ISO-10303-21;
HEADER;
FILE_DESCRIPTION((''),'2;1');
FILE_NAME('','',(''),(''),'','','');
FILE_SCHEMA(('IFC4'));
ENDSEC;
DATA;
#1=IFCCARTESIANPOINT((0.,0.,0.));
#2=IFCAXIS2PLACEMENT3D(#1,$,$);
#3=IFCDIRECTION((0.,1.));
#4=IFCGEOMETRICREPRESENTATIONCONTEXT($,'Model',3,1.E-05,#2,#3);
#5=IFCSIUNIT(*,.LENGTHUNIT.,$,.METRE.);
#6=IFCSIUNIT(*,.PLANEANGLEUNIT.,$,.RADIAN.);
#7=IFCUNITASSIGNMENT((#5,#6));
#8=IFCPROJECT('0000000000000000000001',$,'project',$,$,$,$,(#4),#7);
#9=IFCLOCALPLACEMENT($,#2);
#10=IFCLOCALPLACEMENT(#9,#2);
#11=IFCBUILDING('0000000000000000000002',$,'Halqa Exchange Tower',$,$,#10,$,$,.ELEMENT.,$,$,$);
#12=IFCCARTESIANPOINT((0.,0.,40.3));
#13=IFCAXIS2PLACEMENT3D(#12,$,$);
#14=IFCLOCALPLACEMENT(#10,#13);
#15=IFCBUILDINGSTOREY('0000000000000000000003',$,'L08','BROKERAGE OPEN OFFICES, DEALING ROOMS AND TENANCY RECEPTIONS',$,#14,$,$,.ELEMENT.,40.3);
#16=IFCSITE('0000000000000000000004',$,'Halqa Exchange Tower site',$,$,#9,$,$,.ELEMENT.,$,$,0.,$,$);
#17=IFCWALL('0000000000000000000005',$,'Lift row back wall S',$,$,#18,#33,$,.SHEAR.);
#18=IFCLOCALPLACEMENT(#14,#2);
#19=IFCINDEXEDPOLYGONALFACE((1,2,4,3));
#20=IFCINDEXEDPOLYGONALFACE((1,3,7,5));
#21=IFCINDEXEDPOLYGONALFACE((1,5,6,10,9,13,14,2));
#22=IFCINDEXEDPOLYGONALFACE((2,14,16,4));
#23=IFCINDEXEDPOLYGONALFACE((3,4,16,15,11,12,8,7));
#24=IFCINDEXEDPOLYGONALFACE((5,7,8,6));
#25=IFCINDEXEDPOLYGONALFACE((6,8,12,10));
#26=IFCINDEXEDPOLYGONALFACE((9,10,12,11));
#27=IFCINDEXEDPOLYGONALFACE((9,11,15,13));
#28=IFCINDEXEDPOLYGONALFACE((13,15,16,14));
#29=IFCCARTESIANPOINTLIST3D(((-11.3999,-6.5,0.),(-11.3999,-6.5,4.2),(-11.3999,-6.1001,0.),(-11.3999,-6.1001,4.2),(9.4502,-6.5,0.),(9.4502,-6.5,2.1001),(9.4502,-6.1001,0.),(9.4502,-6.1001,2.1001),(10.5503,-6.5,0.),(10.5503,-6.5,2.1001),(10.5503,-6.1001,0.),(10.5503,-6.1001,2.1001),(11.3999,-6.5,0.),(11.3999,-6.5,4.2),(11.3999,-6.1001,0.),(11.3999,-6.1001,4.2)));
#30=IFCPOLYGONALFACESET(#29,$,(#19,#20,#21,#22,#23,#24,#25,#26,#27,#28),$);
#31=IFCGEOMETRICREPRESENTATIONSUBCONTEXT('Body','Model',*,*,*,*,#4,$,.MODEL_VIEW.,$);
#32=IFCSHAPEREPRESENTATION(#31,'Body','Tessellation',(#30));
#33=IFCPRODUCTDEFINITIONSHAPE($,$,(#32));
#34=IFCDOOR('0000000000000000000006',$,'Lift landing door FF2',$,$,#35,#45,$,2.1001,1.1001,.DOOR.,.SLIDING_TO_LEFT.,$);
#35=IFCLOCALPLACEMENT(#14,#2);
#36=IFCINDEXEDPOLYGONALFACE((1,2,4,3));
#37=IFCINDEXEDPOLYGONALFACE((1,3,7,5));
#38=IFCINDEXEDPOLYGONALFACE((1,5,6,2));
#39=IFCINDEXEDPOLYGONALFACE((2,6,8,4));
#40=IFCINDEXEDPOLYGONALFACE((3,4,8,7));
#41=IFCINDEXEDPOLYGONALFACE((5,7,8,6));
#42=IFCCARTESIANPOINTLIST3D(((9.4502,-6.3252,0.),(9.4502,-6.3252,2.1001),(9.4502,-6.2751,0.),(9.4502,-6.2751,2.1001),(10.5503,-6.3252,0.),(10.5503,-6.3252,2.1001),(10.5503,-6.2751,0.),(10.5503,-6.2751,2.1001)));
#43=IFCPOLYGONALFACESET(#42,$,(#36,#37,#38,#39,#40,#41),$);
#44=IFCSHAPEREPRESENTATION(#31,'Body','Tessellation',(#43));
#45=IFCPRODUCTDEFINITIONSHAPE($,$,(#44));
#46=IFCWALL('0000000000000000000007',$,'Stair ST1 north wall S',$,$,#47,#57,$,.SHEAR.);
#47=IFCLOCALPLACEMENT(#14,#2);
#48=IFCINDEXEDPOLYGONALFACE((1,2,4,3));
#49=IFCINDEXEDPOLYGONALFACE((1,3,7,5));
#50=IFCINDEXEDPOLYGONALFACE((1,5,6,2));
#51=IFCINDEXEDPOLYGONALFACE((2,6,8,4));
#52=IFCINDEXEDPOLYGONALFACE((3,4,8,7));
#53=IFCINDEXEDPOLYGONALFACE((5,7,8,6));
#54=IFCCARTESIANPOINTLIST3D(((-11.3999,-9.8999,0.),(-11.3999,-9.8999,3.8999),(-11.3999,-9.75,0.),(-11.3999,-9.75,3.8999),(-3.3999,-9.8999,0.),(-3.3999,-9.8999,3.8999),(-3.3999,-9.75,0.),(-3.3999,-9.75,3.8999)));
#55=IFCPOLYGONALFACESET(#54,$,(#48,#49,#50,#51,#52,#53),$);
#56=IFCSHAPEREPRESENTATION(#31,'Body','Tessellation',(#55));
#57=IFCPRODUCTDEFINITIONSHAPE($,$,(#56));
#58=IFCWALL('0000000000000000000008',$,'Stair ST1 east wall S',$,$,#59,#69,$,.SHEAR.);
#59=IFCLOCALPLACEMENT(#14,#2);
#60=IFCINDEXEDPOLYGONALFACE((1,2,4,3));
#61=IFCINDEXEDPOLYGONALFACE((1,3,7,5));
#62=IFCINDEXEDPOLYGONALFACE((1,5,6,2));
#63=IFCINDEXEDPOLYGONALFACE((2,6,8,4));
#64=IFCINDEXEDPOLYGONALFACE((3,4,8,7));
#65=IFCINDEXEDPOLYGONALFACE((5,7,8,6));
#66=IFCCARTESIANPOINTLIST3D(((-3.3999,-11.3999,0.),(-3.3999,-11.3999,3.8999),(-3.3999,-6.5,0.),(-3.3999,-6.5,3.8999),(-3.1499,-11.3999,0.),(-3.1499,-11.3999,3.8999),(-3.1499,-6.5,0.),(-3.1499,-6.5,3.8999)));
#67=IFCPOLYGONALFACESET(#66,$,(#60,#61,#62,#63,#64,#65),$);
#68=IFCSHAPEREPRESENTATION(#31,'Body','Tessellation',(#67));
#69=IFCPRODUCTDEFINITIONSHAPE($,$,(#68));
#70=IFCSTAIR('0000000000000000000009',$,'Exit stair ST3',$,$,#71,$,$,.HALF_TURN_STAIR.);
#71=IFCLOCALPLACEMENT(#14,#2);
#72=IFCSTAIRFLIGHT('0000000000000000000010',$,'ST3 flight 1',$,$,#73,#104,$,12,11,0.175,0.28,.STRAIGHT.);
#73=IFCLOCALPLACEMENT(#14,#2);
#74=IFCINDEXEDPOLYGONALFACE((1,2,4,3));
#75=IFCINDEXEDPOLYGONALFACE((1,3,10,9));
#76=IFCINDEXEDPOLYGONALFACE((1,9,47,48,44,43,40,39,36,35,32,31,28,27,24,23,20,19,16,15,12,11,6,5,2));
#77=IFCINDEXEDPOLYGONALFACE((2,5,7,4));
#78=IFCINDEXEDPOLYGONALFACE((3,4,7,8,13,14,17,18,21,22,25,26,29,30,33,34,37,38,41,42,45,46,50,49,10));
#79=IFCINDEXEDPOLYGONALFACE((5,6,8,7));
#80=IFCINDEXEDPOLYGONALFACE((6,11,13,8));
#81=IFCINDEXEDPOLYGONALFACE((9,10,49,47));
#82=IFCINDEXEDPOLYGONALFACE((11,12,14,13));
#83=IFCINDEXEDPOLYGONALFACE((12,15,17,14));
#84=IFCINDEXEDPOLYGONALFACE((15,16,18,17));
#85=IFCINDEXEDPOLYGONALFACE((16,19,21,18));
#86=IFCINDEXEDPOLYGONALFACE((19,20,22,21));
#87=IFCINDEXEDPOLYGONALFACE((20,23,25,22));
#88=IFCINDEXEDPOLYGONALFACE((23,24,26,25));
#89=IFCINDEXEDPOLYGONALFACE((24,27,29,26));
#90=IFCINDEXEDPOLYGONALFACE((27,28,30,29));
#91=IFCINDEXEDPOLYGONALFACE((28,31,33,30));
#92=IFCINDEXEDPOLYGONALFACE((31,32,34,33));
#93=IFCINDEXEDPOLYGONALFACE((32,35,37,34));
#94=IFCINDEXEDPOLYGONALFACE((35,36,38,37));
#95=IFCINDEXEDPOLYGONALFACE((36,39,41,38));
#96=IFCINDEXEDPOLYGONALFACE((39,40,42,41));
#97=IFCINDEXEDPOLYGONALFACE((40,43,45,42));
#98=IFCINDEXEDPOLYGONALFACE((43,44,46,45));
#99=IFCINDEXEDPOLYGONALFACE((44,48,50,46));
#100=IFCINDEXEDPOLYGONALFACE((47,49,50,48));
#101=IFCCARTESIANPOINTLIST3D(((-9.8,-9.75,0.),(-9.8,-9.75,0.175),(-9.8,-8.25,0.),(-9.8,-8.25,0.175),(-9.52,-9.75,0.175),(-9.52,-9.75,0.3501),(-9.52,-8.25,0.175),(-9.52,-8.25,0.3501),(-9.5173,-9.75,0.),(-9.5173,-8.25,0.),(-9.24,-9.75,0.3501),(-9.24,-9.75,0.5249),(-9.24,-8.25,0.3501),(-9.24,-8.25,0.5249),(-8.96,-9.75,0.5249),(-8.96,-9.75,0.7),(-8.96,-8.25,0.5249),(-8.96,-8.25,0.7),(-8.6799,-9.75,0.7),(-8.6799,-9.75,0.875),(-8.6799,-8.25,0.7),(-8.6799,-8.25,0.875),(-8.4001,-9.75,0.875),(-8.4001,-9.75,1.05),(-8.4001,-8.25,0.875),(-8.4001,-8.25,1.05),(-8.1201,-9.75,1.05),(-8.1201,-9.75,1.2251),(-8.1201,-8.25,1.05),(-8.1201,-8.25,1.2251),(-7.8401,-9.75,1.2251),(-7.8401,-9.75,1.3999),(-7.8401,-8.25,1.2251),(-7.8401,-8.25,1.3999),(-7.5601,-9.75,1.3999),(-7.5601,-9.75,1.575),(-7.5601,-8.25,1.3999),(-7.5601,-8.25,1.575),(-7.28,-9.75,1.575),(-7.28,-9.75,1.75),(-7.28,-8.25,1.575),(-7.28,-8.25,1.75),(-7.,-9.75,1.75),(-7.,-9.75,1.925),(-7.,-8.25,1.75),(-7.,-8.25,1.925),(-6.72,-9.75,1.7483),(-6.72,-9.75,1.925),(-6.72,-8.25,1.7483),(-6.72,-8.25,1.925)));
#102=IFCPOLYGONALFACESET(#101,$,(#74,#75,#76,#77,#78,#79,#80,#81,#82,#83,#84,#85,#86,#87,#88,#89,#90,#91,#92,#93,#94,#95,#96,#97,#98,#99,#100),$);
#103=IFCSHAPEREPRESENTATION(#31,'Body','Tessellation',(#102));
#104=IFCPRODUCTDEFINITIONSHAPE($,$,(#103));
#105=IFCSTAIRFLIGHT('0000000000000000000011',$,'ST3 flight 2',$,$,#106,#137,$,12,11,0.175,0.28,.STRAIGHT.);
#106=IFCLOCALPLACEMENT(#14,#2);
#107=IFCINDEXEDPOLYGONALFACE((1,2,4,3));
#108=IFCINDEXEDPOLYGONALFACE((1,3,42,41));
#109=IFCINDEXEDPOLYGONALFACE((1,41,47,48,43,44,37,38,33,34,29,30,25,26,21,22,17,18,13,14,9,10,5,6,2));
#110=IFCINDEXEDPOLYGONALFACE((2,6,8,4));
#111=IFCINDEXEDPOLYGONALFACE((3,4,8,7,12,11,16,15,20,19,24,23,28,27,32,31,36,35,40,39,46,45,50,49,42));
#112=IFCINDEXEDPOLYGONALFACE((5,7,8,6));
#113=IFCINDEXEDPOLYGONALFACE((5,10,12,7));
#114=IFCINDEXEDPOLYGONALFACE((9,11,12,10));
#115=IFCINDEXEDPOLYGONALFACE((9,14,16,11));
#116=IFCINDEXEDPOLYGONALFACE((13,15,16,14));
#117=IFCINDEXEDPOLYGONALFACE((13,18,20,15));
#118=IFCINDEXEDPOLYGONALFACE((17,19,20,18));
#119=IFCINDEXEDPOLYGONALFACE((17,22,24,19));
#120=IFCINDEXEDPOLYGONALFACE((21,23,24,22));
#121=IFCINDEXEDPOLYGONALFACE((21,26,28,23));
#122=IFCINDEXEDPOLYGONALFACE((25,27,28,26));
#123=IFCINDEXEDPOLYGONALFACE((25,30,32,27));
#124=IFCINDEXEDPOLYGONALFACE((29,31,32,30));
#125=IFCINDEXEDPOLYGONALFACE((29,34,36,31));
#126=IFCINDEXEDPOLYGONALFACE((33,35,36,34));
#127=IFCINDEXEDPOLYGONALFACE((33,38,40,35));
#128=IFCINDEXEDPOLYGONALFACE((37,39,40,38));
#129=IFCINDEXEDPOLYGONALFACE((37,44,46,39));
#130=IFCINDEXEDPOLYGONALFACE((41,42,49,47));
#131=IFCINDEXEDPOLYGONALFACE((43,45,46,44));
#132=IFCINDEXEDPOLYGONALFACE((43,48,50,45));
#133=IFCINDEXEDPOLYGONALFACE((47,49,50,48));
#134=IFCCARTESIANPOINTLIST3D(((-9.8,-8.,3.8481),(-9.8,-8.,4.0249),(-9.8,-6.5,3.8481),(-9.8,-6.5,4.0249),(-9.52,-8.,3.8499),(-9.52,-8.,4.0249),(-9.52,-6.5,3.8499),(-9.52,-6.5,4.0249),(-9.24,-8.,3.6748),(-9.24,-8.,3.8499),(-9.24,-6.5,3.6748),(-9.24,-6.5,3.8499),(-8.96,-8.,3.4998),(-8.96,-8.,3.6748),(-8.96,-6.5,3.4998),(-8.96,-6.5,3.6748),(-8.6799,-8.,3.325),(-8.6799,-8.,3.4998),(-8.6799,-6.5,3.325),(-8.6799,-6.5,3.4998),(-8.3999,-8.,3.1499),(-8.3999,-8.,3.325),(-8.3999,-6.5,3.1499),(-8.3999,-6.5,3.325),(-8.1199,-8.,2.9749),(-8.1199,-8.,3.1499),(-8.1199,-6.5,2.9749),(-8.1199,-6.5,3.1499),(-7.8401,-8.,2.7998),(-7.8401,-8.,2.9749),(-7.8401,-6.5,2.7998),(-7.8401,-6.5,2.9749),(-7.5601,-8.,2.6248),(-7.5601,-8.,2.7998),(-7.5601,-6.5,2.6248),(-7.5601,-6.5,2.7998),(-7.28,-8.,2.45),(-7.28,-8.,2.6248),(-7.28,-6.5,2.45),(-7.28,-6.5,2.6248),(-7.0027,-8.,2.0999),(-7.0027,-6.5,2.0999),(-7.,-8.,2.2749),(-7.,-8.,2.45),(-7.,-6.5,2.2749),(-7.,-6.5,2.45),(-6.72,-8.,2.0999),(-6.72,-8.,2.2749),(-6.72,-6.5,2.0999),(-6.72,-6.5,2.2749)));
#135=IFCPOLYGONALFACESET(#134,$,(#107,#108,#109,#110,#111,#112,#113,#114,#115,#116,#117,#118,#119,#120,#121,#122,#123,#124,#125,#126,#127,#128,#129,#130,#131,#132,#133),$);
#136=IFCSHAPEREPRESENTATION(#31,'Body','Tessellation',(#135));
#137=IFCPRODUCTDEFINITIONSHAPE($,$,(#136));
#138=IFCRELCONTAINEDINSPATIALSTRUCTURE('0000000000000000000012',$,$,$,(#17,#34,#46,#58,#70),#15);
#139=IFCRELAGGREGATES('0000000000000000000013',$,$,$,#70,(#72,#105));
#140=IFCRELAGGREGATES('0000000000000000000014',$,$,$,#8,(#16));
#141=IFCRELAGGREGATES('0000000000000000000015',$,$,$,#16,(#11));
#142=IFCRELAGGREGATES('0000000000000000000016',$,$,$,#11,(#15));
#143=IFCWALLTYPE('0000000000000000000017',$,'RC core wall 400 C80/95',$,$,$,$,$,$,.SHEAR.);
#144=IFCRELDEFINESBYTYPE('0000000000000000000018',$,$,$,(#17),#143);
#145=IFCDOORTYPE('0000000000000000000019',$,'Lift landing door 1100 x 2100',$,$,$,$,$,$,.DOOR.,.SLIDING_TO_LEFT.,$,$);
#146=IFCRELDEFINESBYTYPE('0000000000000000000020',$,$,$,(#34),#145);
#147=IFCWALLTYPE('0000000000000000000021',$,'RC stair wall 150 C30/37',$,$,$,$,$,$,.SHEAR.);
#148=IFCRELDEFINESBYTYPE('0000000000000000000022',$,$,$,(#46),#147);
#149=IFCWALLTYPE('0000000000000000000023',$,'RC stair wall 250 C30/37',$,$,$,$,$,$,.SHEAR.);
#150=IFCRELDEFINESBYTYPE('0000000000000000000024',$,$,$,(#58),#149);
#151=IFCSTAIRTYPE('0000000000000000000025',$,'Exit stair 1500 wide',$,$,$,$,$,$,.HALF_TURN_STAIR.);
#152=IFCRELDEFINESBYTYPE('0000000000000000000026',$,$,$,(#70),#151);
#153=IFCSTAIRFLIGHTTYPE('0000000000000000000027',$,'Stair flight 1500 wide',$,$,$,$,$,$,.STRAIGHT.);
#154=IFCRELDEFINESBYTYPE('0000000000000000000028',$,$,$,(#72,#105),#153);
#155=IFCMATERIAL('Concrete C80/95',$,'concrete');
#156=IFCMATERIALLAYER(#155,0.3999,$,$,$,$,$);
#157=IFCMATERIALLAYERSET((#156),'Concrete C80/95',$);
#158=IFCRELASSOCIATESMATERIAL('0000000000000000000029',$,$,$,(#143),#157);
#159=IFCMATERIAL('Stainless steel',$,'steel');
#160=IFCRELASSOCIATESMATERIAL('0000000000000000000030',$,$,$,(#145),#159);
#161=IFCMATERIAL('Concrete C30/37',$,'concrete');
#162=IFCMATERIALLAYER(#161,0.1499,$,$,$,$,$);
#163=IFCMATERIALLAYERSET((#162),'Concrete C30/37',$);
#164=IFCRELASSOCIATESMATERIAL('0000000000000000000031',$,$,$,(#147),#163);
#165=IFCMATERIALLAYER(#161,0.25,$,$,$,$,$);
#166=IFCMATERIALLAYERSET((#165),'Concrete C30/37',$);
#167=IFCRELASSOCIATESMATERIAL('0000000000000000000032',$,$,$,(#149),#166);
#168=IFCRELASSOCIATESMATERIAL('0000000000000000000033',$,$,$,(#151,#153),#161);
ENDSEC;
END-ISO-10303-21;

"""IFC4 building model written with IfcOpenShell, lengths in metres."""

from ifc_helpers import new_model, si_unit, direction, frame, frame_2d, origin, place, context, subcontext, project, spatial, polyline, rectangle, outline, extrude, material, layer, layer_set, type_object, element, fill, aggregate, save


model = new_model("IFC4")

# Units and contexts
model_context = context("Model", 3, precision=1e-05, world=origin(), true_north=direction((0.0, 1.0)))
body_context = subcontext(model_context, "Body", "Model", "MODEL_VIEW")
ifc_project = project(units=[si_unit("LENGTHUNIT", "METRE"), si_unit("PLANEANGLEUNIT", "RADIAN")], contexts=[model_context])

# Site, building, storey
site_placement = place(None, origin())
site = spatial("IfcSite", under=ifc_project, at=site_placement, Name="Halqa Exchange Tower site", CompositionType="ELEMENT", RefElevation=0.0)
building_placement = place(site_placement, origin())
building = spatial("IfcBuilding", under=site, at=building_placement, Name="Halqa Exchange Tower", CompositionType="ELEMENT")
storey_placement = place(building_placement, frame((0.0, 0.0, 40.3)))
storey = spatial("IfcBuildingStorey", under=building, at=storey_placement, Name="L08", Description="BROKERAGE OPEN OFFICES, DEALING ROOMS AND TENANCY RECEPTIONS", CompositionType="ELEMENT", Elevation=40.3)

# Shared definitions
ifc_material_1 = material(Name="Concrete C80/95", Category="concrete")
ifc_layer_1 = layer(ifc_material_1, 0.3999)
ifc_layer_set_1 = layer_set([ifc_layer_1], Name="Concrete C80/95")
wall_type_1 = type_object("IfcWallType", Name="RC core wall 400 C80/95", PredefinedType="SHEAR", material=ifc_layer_set_1)
ifc_material_2 = material(Name="Stainless steel", Category="steel")
door_type = type_object("IfcDoorType", Name="Lift landing door 1100 x 2100", OperationType="SLIDING_TO_LEFT", PredefinedType="DOOR", material=ifc_material_2)

# Wall, opening, door
wall_1_placement = place(storey_placement, frame((-11.3999, -6.3, 0.0), z_axis=(0.0, 0.0, 1.0), x_axis=(1.0, 0.0, 0.0)))
wall_1 = element("IfcWall", 1, at=wall_1_placement, inside=storey, type_object=wall_type_1, Name="Lift row back wall S", PredefinedType="SHEAR", context=body_context, shape_type="SweptSolid", body=[
    extrude(rectangle(XDim=22.7998, YDim=0.3999, at=frame_2d((11.3999, 0.0))), origin(), (0.0, 0.0, 1.0), 4.2),
])
opening_1_placement = place(wall_1_placement, frame((20.8501, 0.0, 0.0)))
opening_1 = element("IfcOpeningElement", 2, at=opening_1_placement, cuts=wall_1, PredefinedType="OPENING", context=body_context, shape_type="SweptSolid", body=[
    extrude(rectangle(XDim=1.1001, YDim=2.1001, at=frame_2d((0.55, 1.05))), frame((0.0, 0.2119, 0.0), z_axis=(0.0, -1.0, 0.0), x_axis=(1.0, 0.0, 0.0)), (0.0, 0.0, 1.0), 0.4238),
])
door_1_placement = place(opening_1_placement, origin())
door_1 = element("IfcDoor", 3, at=door_1_placement, inside=storey, type_object=door_type, Name="Lift landing door FF2", OperationType="SLIDING_TO_LEFT", OverallHeight=2.1001, OverallWidth=1.1001, PredefinedType="DOOR", context=body_context, shape_type="SweptSolid", body=[
    extrude(rectangle(XDim=1.1001, YDim=2.1001, at=frame_2d((0.55, 1.05))), frame((0.0, 0.0249, 0.0), z_axis=(0.0, -1.0, 0.0), x_axis=(1.0, 0.0, 0.0)), (0.0, 0.0, 1.0), 0.05),
])
fill(opening_1, door_1)

# Walls
ifc_material_3 = material(Name="Concrete C30/37", Category="concrete")
ifc_layer_2 = layer(ifc_material_3, 0.1499)
ifc_layer_set_2 = layer_set([ifc_layer_2], Name="Concrete C30/37")
wall_type_2 = type_object("IfcWallType", Name="RC stair wall 150 C30/37", PredefinedType="SHEAR", material=ifc_layer_set_2)
wall_2_placement = place(storey_placement, frame((-11.3999, -9.825, 0.0), z_axis=(0.0, 0.0, 1.0), x_axis=(1.0, 0.0, 0.0)))
element("IfcWall", 4, at=wall_2_placement, inside=storey, type_object=wall_type_2, Name="Stair ST1 north wall S", PredefinedType="SHEAR", context=body_context, shape_type="SweptSolid", body=[
    extrude(rectangle(XDim=8.0, YDim=0.1499, at=frame_2d((4.0, 0.0))), origin(), (0.0, 0.0, 1.0), 3.8999),
])
ifc_layer_3 = layer(ifc_material_3, 0.25)
ifc_layer_set_3 = layer_set([ifc_layer_3], Name="Concrete C30/37")
wall_type_3 = type_object("IfcWallType", Name="RC stair wall 250 C30/37", PredefinedType="SHEAR", material=ifc_layer_set_3)
wall_3_placement = place(storey_placement, frame((-3.2749, -11.3999, 0.0), z_axis=(0.0, 0.0, 1.0), x_axis=(0.0, 1.0, 0.0)))
element("IfcWall", 5, at=wall_3_placement, inside=storey, type_object=wall_type_3, Name="Stair ST1 east wall S", PredefinedType="SHEAR", context=body_context, shape_type="SweptSolid", body=[
    extrude(rectangle(XDim=4.8999, YDim=0.25, at=frame_2d((2.45, 0.0))), origin(), (0.0, 0.0, 1.0), 3.8999),
])

# Stair, stair flights
stair_type = type_object("IfcStairType", Name="Exit stair 1500 wide", PredefinedType="HALF_TURN_STAIR", material=ifc_material_3)
stair_placement = place(storey_placement, origin())
stair = element("IfcStair", 6, at=stair_placement, inside=storey, type_object=stair_type, Name="Exit stair ST3", PredefinedType="HALF_TURN_STAIR")
stair_flight_type = type_object("IfcStairFlightType", Name="Stair flight 1500 wide", PredefinedType="STRAIGHT", material=ifc_material_3)
stair_flight_1_placement = place(storey_placement, frame((-9.8, -9.0, 0.0), z_axis=(0.0, 0.0, 1.0), x_axis=(1.0, 0.0, 0.0)))
stair_flight_1 = element("IfcStairFlight", 7, at=stair_flight_1_placement, type_object=stair_flight_type, Name="ST3 flight 1", NumberOfRisers=12, NumberOfTreads=11, PredefinedType="STRAIGHT", RiserHeight=0.175, TreadLength=0.28, context=body_context, shape_type="SweptSolid", body=[
    extrude(outline(polyline([(0.0, 0.0), (0.0, 0.175), (0.28, 0.175), (0.28, 0.3501), (0.5601, 0.3501), (0.5601, 0.5249), (0.8401, 0.5249), (0.8401, 0.7), (1.1201, 0.7), (1.1201, 0.875), (1.3999, 0.875), (1.3999, 1.05), (1.6799, 1.05), (1.6799, 1.2251), (1.96, 1.2251), (1.96, 1.3999), (2.24, 1.3999), (2.24, 1.575), (2.52, 1.575), (2.52, 1.75), (2.8, 1.75), (2.8, 1.925), (3.0801, 1.925), (3.0801, 2.1001), (3.0801, 1.7483), (0.2827, 0.0), (0.0, 0.0)])), frame((0.0, 0.75, 0.0), z_axis=(0.0, -1.0, 0.0), x_axis=(1.0, 0.0, 0.0)), (0.0, 0.0, 1.0), 1.5),
])
stair_flight_2_placement = place(storey_placement, frame((-6.72, -7.25, 2.0999), z_axis=(0.0, 0.0, 1.0), x_axis=(-1.0, 0.0, 0.0)))
stair_flight_2 = element("IfcStairFlight", 8, at=stair_flight_2_placement, type_object=stair_flight_type, Name="ST3 flight 2", NumberOfRisers=12, NumberOfTreads=11, PredefinedType="STRAIGHT", RiserHeight=0.175, TreadLength=0.28, context=body_context, shape_type="SweptSolid", body=[
    extrude(outline(polyline([(0.0, 0.0), (0.0, 0.175), (0.28, 0.175), (0.28, 0.3501), (0.5601, 0.3501), (0.5601, 0.5249), (0.8401, 0.5249), (0.8401, 0.7), (1.1201, 0.7), (1.1201, 0.875), (1.3999, 0.875), (1.3999, 1.05), (1.6799, 1.05), (1.6799, 1.2251), (1.96, 1.2251), (1.96, 1.3999), (2.24, 1.3999), (2.24, 1.575), (2.52, 1.575), (2.52, 1.75), (2.8, 1.75), (2.8, 1.925), (3.0801, 1.925), (3.0801, 2.1001), (3.0801, 1.7483), (0.2827, 0.0), (0.0, 0.0)])), frame((0.0, 0.75, 0.0), z_axis=(0.0, -1.0, 0.0), x_axis=(1.0, 0.0, 0.0)), (0.0, 0.0, 1.0), 1.5),
])
aggregate(stair, [stair_flight_1, stair_flight_2])

save(model, "model.ifc")
